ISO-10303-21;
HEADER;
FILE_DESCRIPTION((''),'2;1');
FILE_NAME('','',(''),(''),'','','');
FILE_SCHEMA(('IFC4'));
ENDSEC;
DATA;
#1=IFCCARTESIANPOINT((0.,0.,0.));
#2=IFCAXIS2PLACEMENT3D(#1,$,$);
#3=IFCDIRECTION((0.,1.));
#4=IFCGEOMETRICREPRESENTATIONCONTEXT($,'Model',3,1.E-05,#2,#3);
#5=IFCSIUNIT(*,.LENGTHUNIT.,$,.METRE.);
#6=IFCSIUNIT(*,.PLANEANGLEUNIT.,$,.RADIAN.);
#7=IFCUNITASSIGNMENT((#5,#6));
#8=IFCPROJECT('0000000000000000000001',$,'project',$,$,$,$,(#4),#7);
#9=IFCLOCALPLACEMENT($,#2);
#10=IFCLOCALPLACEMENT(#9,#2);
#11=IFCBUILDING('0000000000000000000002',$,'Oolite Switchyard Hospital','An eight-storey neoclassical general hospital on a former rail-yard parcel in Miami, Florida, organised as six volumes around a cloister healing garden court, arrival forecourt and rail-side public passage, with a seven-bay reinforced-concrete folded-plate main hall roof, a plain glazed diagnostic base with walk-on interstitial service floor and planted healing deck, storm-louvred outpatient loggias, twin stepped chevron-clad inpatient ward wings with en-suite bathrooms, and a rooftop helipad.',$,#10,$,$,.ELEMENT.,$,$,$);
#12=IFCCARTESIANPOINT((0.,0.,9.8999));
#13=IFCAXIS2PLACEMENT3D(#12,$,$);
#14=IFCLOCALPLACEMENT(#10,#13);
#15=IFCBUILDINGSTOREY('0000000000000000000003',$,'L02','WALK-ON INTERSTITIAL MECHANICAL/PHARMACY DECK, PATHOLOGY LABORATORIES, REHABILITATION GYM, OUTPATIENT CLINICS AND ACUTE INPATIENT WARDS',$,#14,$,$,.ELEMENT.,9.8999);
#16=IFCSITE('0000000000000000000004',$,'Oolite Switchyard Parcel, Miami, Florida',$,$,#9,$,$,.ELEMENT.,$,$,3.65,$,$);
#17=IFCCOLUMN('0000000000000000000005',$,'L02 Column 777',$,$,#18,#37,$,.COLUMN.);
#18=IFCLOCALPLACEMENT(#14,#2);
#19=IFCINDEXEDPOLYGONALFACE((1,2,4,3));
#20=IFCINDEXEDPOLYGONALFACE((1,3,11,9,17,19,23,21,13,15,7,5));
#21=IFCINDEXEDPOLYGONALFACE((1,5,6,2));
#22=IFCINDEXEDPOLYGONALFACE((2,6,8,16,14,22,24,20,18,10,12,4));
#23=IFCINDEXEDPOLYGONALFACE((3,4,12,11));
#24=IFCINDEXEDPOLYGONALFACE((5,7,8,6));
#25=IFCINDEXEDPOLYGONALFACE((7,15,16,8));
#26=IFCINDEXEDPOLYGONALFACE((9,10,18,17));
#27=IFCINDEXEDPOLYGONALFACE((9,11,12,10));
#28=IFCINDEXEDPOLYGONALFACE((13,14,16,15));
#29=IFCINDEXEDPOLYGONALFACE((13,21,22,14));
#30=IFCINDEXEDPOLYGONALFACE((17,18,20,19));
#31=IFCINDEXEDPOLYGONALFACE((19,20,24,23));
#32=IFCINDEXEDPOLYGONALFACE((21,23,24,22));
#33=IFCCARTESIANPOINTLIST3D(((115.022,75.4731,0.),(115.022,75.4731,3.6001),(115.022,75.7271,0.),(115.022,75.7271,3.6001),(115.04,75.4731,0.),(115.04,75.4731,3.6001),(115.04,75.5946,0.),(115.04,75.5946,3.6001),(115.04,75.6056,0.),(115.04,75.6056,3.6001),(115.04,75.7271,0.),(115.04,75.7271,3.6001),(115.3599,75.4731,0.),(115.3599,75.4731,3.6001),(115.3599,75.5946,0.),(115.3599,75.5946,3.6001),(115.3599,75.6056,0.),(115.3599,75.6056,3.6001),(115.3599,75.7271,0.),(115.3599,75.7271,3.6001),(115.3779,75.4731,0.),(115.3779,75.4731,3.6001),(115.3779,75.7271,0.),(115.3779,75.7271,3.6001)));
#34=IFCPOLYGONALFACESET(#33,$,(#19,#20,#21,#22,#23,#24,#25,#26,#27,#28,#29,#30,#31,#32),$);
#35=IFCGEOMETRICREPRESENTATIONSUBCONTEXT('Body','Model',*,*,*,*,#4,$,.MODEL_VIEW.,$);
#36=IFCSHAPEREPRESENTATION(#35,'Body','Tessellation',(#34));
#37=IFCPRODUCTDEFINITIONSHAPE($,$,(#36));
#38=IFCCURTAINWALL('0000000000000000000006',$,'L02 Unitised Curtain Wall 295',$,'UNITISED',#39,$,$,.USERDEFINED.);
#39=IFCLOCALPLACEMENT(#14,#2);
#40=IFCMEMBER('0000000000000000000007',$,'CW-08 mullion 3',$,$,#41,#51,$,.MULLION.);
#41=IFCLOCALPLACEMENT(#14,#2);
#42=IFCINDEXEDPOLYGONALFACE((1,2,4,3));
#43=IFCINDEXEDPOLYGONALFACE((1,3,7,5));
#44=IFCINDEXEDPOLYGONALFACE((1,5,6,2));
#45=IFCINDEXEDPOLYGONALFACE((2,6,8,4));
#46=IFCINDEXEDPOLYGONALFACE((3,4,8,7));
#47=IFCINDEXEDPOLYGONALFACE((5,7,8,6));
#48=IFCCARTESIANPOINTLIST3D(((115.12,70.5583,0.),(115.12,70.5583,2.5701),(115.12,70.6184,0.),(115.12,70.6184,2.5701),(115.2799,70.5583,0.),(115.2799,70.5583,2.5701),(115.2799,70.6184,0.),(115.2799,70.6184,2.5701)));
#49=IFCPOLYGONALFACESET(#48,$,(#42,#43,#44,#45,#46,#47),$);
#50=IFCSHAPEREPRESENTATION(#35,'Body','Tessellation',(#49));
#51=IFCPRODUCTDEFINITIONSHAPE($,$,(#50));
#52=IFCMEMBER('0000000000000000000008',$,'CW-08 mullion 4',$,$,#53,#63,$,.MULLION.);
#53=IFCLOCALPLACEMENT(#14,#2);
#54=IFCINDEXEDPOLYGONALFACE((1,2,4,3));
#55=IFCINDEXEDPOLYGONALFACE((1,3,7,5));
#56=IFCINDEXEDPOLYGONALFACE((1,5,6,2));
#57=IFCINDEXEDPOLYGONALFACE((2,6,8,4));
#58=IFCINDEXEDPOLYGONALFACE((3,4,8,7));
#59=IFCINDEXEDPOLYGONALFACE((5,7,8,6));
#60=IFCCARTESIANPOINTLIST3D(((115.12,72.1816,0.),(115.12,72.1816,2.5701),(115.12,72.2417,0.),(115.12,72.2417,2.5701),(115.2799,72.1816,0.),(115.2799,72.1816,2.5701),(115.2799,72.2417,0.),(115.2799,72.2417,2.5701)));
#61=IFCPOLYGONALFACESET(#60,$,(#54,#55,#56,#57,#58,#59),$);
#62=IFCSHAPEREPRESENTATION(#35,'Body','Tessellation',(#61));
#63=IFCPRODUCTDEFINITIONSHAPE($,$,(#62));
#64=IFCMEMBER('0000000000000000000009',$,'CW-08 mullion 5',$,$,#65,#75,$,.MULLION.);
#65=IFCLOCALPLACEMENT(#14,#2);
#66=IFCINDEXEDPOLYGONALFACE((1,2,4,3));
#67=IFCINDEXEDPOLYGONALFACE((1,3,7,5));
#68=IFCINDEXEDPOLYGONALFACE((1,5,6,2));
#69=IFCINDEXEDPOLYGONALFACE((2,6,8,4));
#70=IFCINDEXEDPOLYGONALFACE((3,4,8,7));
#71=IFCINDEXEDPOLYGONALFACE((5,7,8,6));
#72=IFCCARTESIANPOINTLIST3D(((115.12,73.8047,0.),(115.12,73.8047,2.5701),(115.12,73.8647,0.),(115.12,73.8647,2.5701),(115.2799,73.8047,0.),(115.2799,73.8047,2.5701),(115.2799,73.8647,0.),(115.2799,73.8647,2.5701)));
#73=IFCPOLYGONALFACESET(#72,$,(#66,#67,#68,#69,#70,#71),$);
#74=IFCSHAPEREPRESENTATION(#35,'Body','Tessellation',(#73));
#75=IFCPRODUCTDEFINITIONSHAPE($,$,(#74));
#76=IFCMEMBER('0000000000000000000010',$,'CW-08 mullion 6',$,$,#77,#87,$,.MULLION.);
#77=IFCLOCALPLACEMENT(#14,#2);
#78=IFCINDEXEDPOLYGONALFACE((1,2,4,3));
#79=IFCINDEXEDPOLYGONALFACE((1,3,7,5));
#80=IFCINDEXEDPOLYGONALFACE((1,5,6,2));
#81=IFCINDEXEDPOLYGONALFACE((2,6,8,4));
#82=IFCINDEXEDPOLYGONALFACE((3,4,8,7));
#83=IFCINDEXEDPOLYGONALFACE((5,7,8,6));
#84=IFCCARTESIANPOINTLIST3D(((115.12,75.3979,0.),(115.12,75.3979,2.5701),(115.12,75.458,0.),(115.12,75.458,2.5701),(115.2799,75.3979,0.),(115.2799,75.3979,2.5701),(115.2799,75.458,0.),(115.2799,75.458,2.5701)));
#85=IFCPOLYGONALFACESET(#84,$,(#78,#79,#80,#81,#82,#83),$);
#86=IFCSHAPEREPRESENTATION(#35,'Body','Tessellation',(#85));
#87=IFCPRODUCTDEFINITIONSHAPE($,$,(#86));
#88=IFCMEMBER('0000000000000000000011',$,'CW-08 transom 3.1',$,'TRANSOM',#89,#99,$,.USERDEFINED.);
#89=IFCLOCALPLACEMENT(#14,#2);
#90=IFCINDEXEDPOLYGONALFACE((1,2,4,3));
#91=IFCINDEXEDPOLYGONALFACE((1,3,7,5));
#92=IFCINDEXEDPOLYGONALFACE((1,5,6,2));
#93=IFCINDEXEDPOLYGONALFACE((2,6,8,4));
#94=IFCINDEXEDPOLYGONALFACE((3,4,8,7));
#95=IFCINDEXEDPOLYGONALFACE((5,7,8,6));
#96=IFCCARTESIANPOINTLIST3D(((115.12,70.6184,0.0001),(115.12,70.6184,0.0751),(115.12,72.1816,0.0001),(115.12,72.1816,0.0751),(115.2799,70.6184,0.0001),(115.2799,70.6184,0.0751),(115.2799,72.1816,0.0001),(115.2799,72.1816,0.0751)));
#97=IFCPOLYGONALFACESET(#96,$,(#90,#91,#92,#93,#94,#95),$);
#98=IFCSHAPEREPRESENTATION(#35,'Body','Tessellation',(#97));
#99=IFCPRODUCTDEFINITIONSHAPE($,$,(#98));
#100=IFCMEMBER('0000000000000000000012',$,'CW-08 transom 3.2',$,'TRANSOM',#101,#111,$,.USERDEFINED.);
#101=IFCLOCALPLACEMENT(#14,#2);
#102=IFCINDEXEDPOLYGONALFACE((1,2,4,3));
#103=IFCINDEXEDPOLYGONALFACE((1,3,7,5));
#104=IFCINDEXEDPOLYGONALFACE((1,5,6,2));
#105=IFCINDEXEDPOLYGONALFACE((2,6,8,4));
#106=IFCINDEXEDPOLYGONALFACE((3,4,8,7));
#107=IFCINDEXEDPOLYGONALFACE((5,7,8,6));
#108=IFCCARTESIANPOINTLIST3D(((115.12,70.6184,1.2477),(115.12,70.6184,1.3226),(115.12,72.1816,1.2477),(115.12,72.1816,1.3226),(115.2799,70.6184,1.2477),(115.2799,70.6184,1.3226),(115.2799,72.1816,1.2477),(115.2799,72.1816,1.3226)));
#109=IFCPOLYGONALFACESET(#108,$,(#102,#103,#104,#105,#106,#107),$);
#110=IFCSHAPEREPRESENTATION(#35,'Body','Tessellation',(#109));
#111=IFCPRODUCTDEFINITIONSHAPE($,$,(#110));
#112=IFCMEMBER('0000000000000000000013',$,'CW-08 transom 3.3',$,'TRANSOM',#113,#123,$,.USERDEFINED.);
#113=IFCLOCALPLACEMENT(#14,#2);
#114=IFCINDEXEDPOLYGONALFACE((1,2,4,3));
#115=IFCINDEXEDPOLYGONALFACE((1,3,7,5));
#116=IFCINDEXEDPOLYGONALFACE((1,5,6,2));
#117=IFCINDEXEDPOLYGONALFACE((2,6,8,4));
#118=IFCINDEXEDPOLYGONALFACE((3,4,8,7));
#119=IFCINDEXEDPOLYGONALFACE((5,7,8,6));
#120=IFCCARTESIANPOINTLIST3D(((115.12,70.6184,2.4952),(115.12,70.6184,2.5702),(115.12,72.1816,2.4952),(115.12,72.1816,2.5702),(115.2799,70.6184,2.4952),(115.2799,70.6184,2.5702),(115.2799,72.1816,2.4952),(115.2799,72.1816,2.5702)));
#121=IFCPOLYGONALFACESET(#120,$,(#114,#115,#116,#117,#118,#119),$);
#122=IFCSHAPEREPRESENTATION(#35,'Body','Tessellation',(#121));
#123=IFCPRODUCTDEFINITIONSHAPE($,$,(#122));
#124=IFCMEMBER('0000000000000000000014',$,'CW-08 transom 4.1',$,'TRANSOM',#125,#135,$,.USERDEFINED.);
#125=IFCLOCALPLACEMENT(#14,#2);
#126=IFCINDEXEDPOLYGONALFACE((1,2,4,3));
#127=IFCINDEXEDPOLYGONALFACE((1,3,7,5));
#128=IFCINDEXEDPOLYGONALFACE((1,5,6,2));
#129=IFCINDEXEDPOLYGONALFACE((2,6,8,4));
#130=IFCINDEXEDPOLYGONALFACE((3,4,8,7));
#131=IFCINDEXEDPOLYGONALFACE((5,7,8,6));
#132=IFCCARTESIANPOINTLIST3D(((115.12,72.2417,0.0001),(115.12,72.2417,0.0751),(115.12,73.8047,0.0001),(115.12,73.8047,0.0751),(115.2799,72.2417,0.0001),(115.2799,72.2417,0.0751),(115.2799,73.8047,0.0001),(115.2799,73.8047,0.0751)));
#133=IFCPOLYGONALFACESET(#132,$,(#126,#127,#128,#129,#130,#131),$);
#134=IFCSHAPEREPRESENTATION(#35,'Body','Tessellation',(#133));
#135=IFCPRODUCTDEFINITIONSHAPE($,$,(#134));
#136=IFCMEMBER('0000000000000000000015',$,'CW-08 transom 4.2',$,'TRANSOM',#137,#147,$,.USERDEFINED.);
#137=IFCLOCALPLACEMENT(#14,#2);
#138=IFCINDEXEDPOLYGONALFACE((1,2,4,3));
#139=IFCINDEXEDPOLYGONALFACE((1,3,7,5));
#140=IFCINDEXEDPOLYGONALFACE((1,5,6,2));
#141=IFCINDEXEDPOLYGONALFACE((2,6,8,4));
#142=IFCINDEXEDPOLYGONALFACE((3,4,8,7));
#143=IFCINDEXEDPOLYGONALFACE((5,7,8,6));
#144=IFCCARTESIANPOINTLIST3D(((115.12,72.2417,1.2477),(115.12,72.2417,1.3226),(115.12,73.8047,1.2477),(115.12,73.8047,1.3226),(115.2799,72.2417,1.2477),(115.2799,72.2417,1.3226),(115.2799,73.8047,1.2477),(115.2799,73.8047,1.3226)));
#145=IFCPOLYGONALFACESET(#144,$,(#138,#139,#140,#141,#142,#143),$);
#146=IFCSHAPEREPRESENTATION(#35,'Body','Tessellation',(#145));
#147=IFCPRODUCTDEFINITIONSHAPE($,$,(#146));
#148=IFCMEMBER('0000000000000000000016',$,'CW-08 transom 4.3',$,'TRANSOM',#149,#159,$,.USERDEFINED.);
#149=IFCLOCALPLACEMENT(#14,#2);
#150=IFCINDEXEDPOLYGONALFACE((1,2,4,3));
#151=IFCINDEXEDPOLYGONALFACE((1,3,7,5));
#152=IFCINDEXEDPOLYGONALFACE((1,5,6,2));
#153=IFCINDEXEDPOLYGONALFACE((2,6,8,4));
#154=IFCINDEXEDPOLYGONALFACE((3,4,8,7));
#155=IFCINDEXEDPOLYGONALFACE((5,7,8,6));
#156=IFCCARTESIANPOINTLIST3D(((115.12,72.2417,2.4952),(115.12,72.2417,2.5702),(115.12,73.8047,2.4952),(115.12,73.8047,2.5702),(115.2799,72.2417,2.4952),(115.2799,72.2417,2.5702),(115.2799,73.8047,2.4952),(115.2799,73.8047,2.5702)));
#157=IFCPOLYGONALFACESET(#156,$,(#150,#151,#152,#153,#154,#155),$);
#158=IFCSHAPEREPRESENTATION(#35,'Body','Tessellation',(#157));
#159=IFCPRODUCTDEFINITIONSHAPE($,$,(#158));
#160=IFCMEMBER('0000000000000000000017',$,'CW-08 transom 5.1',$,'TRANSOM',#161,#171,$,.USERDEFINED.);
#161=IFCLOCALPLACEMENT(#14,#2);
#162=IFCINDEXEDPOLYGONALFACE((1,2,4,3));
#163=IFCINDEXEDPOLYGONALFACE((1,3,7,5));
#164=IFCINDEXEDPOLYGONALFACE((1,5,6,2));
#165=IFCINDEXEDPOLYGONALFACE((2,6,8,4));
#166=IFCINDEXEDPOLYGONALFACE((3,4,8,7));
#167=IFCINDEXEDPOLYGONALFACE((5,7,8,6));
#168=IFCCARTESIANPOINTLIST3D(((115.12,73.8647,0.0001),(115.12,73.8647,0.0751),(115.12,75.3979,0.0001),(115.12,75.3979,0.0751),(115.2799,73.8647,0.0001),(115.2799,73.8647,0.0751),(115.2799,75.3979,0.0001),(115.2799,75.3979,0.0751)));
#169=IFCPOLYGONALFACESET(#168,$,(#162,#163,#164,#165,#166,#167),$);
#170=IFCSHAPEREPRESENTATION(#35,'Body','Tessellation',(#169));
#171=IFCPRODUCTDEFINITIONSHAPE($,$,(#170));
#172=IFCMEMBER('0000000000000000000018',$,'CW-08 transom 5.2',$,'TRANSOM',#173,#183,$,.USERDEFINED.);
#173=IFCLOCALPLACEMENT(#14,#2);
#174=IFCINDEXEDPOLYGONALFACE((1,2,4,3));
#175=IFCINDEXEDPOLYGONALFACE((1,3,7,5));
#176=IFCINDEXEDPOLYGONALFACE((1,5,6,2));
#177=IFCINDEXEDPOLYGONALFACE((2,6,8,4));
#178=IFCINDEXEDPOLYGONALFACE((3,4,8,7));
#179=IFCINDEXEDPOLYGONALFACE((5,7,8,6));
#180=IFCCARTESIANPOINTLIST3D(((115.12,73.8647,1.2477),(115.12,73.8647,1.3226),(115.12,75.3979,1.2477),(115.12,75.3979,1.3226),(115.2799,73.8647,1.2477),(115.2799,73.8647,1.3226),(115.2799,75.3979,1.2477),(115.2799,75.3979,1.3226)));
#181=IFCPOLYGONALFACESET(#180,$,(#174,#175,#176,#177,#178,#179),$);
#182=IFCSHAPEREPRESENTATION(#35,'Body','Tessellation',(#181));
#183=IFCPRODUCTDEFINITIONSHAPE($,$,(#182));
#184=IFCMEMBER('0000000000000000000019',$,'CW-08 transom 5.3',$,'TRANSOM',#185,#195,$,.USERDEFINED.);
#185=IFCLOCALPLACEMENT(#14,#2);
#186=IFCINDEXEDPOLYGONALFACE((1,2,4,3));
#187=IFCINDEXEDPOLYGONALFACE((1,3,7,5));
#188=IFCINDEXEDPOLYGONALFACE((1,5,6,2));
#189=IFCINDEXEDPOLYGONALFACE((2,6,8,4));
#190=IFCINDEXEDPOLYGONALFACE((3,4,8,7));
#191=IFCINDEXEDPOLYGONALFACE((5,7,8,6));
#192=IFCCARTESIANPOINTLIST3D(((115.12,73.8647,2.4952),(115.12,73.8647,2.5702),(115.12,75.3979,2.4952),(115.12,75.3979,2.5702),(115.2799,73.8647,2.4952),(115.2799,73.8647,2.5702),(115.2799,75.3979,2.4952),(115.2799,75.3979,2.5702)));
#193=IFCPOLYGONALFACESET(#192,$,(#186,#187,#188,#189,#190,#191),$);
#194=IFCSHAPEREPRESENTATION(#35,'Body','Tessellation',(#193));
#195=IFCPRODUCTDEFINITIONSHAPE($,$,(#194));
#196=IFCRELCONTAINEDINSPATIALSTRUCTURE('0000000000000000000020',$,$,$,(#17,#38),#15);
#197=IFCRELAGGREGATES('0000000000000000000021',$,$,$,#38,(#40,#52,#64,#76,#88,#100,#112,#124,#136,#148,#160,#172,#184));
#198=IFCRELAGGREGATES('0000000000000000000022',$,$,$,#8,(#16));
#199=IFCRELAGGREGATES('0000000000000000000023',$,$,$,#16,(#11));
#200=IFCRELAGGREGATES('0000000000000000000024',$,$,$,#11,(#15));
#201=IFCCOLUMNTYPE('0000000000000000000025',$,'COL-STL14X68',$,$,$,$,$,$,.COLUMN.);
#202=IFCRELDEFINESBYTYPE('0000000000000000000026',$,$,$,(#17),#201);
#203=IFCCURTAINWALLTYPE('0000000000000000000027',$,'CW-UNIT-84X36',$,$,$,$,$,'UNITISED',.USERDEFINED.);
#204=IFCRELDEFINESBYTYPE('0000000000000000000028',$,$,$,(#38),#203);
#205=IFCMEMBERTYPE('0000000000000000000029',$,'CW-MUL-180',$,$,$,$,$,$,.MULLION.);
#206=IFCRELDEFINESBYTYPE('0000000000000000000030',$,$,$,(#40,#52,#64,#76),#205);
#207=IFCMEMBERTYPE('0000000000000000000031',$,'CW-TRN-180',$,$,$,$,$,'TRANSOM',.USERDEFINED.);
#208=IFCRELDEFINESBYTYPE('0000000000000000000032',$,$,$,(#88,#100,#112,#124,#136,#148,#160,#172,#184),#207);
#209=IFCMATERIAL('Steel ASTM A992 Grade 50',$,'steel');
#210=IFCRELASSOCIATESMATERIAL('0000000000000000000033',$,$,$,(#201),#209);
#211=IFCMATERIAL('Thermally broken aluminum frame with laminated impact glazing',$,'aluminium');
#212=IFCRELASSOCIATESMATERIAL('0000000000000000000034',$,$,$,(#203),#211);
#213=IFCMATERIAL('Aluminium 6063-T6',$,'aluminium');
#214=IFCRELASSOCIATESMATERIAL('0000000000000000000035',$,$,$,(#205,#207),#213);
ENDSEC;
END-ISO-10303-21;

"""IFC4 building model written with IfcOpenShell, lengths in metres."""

from ifc_helpers import new_model, si_unit, direction, frame, origin, origin_2d, place, context, subcontext, project, spatial, rectangle, i_section, extrude, material, material_profile, profile_set, type_object, element, aggregate, save


model = new_model("IFC4")

# Units and contexts
model_context = context("Model", 3, precision=1e-05, world=origin(), true_north=direction((0.0, 1.0)))
body_context = subcontext(model_context, "Body", "Model", "MODEL_VIEW")
ifc_project = project(units=[si_unit("LENGTHUNIT", "METRE"), si_unit("PLANEANGLEUNIT", "RADIAN")], contexts=[model_context])

# Site, building, storey
site_placement = place(None, origin())
site = spatial("IfcSite", under=ifc_project, at=site_placement, Name="Oolite Switchyard Parcel, Miami, Florida", CompositionType="ELEMENT", RefElevation=3.65)
building_placement = place(site_placement, origin())
building = spatial("IfcBuilding", under=site, at=building_placement, Name="Oolite Switchyard Hospital", Description="An eight-storey neoclassical general hospital on a former rail-yard parcel in Miami, Florida, organised as six volumes around a cloister healing garden court, arrival forecourt and rail-side public passage, with a seven-bay reinforced-concrete folded-plate main hall roof, a plain glazed diagnostic base with walk-on interstitial service floor and planted healing deck, storm-louvred outpatient loggias, twin stepped chevron-clad inpatient ward wings with en-suite bathrooms, and a rooftop helipad.", CompositionType="ELEMENT")
storey_placement = place(building_placement, frame((0.0, 0.0, 9.8999)))
storey = spatial("IfcBuildingStorey", under=building, at=storey_placement, Name="L02", Description="WALK-ON INTERSTITIAL MECHANICAL/PHARMACY DECK, PATHOLOGY LABORATORIES, REHABILITATION GYM, OUTPATIENT CLINICS AND ACUTE INPATIENT WARDS", CompositionType="ELEMENT", Elevation=9.8999)

# Column
ifc_material_1 = material(Name="Steel ASTM A992 Grade 50", Category="steel")
ifc_material_profile_1 = material_profile(ifc_material_1, i_section(OverallWidth=0.2539, OverallDepth=0.356, WebThickness=0.011, FlangeThickness=0.0181, at=origin_2d()), Name="W14X68")
ifc_profile_set_1 = profile_set([ifc_material_profile_1], Name="Steel ASTM A992 Grade 50")
column_type = type_object("IfcColumnType", Name="COL-STL14X68", PredefinedType="COLUMN", material=ifc_profile_set_1)
column_placement = place(storey_placement, frame((115.2, 75.6001, 0.0), z_axis=(0.0, 0.0, 1.0), x_axis=(0.0, -1.0, 0.0)))
element("IfcColumn", 1, at=column_placement, inside=storey, type_object=column_type, Name="L02 Column 777", PredefinedType="COLUMN", context=body_context, shape_type="SweptSolid", body=[
    extrude(i_section(OverallWidth=0.2539, OverallDepth=0.356, WebThickness=0.011, FlangeThickness=0.0181, at=origin_2d()), origin(), (0.0, 0.0, 1.0), 3.6001),
])

# Curtain wall, members
ifc_material_2 = material(Name="Thermally broken aluminum frame with laminated impact glazing", Category="aluminium")
curtain_wall_type = type_object("IfcCurtainWallType", Name="CW-UNIT-84X36", ElementType="UNITISED", PredefinedType="USERDEFINED", material=ifc_material_2)
curtain_wall_placement = place(storey_placement, origin())
curtain_wall = element("IfcCurtainWall", 2, at=curtain_wall_placement, inside=storey, type_object=curtain_wall_type, Name="L02 Unitised Curtain Wall 295", ObjectType="UNITISED", PredefinedType="USERDEFINED")
ifc_material_3 = material(Name="Aluminium 6063-T6", Category="aluminium")
ifc_material_profile_2 = material_profile(ifc_material_3, rectangle(XDim=0.1599, YDim=0.0601, at=origin_2d()), Name="CWM60X160")
ifc_profile_set_2 = profile_set([ifc_material_profile_2], Name="Aluminium 6063-T6")
member_type_1 = type_object("IfcMemberType", Name="CW-MUL-180", PredefinedType="MULLION", material=ifc_profile_set_2)
member_1_placement = place(storey_placement, frame((115.2, 70.5884, 0.0), z_axis=(0.0, 0.0, 1.0), x_axis=(-1.0, 0.0, 0.0)))
member_1 = element("IfcMember", 3, at=member_1_placement, type_object=member_type_1, Name="CW-08 mullion 3", PredefinedType="MULLION", context=body_context, shape_type="SweptSolid", body=[
    extrude(rectangle(XDim=0.1599, YDim=0.0601, at=origin_2d()), origin(), (0.0, 0.0, 1.0), 2.5701),
])
member_2_placement = place(storey_placement, frame((115.2, 72.2117, 0.0), z_axis=(0.0, 0.0, 1.0), x_axis=(-1.0, 0.0, 0.0)))
member_2 = element("IfcMember", 4, at=member_2_placement, type_object=member_type_1, Name="CW-08 mullion 4", PredefinedType="MULLION", context=body_context, shape_type="SweptSolid", body=[
    extrude(rectangle(XDim=0.1599, YDim=0.0601, at=origin_2d()), origin(), (0.0, 0.0, 1.0), 2.5701),
])
member_3_placement = place(storey_placement, frame((115.2, 73.8347, 0.0), z_axis=(0.0, 0.0, 1.0), x_axis=(-1.0, 0.0, 0.0)))
member_3 = element("IfcMember", 5, at=member_3_placement, type_object=member_type_1, Name="CW-08 mullion 5", PredefinedType="MULLION", context=body_context, shape_type="SweptSolid", body=[
    extrude(rectangle(XDim=0.1599, YDim=0.0601, at=origin_2d()), origin(), (0.0, 0.0, 1.0), 2.5701),
])
member_4_placement = place(storey_placement, frame((115.2, 75.428, 0.0), z_axis=(0.0, 0.0, 1.0), x_axis=(-1.0, 0.0, 0.0)))
member_4 = element("IfcMember", 6, at=member_4_placement, type_object=member_type_1, Name="CW-08 mullion 6", PredefinedType="MULLION", context=body_context, shape_type="SweptSolid", body=[
    extrude(rectangle(XDim=0.1599, YDim=0.0601, at=origin_2d()), origin(), (0.0, 0.0, 1.0), 2.5701),
])
ifc_material_profile_3 = material_profile(ifc_material_3, rectangle(XDim=0.1599, YDim=0.075, at=origin_2d()), Name="CWT75X160")
ifc_profile_set_3 = profile_set([ifc_material_profile_3], Name="Aluminium 6063-T6")
member_type_2 = type_object("IfcMemberType", Name="CW-TRN-180", ElementType="TRANSOM", PredefinedType="USERDEFINED", material=ifc_profile_set_3)
member_5_placement = place(storey_placement, frame((115.2, 70.6184, 0.0376), z_axis=(0.0, 1.0, 0.0), x_axis=(-1.0, 0.0, 0.0)))
member_5 = element("IfcMember", 7, at=member_5_placement, type_object=member_type_2, Name="CW-08 transom 3.1", ObjectType="TRANSOM", PredefinedType="USERDEFINED", context=body_context, shape_type="SweptSolid", body=[
    extrude(rectangle(XDim=0.1599, YDim=0.075, at=origin_2d()), origin(), (0.0, 0.0, 1.0), 1.5632),
])
member_6_placement = place(storey_placement, frame((115.2, 70.6184, 1.2852), z_axis=(0.0, 1.0, 0.0), x_axis=(-1.0, 0.0, 0.0)))
member_6 = element("IfcMember", 8, at=member_6_placement, type_object=member_type_2, Name="CW-08 transom 3.2", ObjectType="TRANSOM", PredefinedType="USERDEFINED", context=body_context, shape_type="SweptSolid", body=[
    extrude(rectangle(XDim=0.1599, YDim=0.075, at=origin_2d()), origin(), (0.0, 0.0, 1.0), 1.5632),
])
member_7_placement = place(storey_placement, frame((115.2, 70.6184, 2.5327), z_axis=(0.0, 1.0, 0.0), x_axis=(-1.0, 0.0, 0.0)))
member_7 = element("IfcMember", 9, at=member_7_placement, type_object=member_type_2, Name="CW-08 transom 3.3", ObjectType="TRANSOM", PredefinedType="USERDEFINED", context=body_context, shape_type="SweptSolid", body=[
    extrude(rectangle(XDim=0.1599, YDim=0.075, at=origin_2d()), origin(), (0.0, 0.0, 1.0), 1.5632),
])
member_8_placement = place(storey_placement, frame((115.2, 72.2417, 0.0376), z_axis=(0.0, 1.0, 0.0), x_axis=(-1.0, 0.0, 0.0)))
member_8 = element("IfcMember", 10, at=member_8_placement, type_object=member_type_2, Name="CW-08 transom 4.1", ObjectType="TRANSOM", PredefinedType="USERDEFINED", context=body_context, shape_type="SweptSolid", body=[
    extrude(rectangle(XDim=0.1599, YDim=0.075, at=origin_2d()), origin(), (0.0, 0.0, 1.0), 1.563),
])
member_9_placement = place(storey_placement, frame((115.2, 72.2417, 1.2852), z_axis=(0.0, 1.0, 0.0), x_axis=(-1.0, 0.0, 0.0)))
member_9 = element("IfcMember", 11, at=member_9_placement, type_object=member_type_2, Name="CW-08 transom 4.2", ObjectType="TRANSOM", PredefinedType="USERDEFINED", context=body_context, shape_type="SweptSolid", body=[
    extrude(rectangle(XDim=0.1599, YDim=0.075, at=origin_2d()), origin(), (0.0, 0.0, 1.0), 1.563),
])
member_10_placement = place(storey_placement, frame((115.2, 72.2417, 2.5327), z_axis=(0.0, 1.0, 0.0), x_axis=(-1.0, 0.0, 0.0)))
member_10 = element("IfcMember", 12, at=member_10_placement, type_object=member_type_2, Name="CW-08 transom 4.3", ObjectType="TRANSOM", PredefinedType="USERDEFINED", context=body_context, shape_type="SweptSolid", body=[
    extrude(rectangle(XDim=0.1599, YDim=0.075, at=origin_2d()), origin(), (0.0, 0.0, 1.0), 1.563),
])
member_11_placement = place(storey_placement, frame((115.2, 73.8647, 0.0376), z_axis=(0.0, 1.0, 0.0), x_axis=(-1.0, 0.0, 0.0)))
member_11 = element("IfcMember", 13, at=member_11_placement, type_object=member_type_2, Name="CW-08 transom 5.1", ObjectType="TRANSOM", PredefinedType="USERDEFINED", context=body_context, shape_type="SweptSolid", body=[
    extrude(rectangle(XDim=0.1599, YDim=0.075, at=origin_2d()), origin(), (0.0, 0.0, 1.0), 1.5332),
])
member_12_placement = place(storey_placement, frame((115.2, 73.8647, 1.2852), z_axis=(0.0, 1.0, 0.0), x_axis=(-1.0, 0.0, 0.0)))
member_12 = element("IfcMember", 14, at=member_12_placement, type_object=member_type_2, Name="CW-08 transom 5.2", ObjectType="TRANSOM", PredefinedType="USERDEFINED", context=body_context, shape_type="SweptSolid", body=[
    extrude(rectangle(XDim=0.1599, YDim=0.075, at=origin_2d()), origin(), (0.0, 0.0, 1.0), 1.5332),
])
member_13_placement = place(storey_placement, frame((115.2, 73.8647, 2.5327), z_axis=(0.0, 1.0, 0.0), x_axis=(-1.0, 0.0, 0.0)))
member_13 = element("IfcMember", 15, at=member_13_placement, type_object=member_type_2, Name="CW-08 transom 5.3", ObjectType="TRANSOM", PredefinedType="USERDEFINED", context=body_context, shape_type="SweptSolid", body=[
    extrude(rectangle(XDim=0.1599, YDim=0.075, at=origin_2d()), origin(), (0.0, 0.0, 1.0), 1.5332),
])
aggregate(curtain_wall, [member_1, member_2, member_3, member_4, member_5, member_6, member_7, member_8, member_9, member_10, member_11, member_12, member_13])

save(model, "model.ifc")
